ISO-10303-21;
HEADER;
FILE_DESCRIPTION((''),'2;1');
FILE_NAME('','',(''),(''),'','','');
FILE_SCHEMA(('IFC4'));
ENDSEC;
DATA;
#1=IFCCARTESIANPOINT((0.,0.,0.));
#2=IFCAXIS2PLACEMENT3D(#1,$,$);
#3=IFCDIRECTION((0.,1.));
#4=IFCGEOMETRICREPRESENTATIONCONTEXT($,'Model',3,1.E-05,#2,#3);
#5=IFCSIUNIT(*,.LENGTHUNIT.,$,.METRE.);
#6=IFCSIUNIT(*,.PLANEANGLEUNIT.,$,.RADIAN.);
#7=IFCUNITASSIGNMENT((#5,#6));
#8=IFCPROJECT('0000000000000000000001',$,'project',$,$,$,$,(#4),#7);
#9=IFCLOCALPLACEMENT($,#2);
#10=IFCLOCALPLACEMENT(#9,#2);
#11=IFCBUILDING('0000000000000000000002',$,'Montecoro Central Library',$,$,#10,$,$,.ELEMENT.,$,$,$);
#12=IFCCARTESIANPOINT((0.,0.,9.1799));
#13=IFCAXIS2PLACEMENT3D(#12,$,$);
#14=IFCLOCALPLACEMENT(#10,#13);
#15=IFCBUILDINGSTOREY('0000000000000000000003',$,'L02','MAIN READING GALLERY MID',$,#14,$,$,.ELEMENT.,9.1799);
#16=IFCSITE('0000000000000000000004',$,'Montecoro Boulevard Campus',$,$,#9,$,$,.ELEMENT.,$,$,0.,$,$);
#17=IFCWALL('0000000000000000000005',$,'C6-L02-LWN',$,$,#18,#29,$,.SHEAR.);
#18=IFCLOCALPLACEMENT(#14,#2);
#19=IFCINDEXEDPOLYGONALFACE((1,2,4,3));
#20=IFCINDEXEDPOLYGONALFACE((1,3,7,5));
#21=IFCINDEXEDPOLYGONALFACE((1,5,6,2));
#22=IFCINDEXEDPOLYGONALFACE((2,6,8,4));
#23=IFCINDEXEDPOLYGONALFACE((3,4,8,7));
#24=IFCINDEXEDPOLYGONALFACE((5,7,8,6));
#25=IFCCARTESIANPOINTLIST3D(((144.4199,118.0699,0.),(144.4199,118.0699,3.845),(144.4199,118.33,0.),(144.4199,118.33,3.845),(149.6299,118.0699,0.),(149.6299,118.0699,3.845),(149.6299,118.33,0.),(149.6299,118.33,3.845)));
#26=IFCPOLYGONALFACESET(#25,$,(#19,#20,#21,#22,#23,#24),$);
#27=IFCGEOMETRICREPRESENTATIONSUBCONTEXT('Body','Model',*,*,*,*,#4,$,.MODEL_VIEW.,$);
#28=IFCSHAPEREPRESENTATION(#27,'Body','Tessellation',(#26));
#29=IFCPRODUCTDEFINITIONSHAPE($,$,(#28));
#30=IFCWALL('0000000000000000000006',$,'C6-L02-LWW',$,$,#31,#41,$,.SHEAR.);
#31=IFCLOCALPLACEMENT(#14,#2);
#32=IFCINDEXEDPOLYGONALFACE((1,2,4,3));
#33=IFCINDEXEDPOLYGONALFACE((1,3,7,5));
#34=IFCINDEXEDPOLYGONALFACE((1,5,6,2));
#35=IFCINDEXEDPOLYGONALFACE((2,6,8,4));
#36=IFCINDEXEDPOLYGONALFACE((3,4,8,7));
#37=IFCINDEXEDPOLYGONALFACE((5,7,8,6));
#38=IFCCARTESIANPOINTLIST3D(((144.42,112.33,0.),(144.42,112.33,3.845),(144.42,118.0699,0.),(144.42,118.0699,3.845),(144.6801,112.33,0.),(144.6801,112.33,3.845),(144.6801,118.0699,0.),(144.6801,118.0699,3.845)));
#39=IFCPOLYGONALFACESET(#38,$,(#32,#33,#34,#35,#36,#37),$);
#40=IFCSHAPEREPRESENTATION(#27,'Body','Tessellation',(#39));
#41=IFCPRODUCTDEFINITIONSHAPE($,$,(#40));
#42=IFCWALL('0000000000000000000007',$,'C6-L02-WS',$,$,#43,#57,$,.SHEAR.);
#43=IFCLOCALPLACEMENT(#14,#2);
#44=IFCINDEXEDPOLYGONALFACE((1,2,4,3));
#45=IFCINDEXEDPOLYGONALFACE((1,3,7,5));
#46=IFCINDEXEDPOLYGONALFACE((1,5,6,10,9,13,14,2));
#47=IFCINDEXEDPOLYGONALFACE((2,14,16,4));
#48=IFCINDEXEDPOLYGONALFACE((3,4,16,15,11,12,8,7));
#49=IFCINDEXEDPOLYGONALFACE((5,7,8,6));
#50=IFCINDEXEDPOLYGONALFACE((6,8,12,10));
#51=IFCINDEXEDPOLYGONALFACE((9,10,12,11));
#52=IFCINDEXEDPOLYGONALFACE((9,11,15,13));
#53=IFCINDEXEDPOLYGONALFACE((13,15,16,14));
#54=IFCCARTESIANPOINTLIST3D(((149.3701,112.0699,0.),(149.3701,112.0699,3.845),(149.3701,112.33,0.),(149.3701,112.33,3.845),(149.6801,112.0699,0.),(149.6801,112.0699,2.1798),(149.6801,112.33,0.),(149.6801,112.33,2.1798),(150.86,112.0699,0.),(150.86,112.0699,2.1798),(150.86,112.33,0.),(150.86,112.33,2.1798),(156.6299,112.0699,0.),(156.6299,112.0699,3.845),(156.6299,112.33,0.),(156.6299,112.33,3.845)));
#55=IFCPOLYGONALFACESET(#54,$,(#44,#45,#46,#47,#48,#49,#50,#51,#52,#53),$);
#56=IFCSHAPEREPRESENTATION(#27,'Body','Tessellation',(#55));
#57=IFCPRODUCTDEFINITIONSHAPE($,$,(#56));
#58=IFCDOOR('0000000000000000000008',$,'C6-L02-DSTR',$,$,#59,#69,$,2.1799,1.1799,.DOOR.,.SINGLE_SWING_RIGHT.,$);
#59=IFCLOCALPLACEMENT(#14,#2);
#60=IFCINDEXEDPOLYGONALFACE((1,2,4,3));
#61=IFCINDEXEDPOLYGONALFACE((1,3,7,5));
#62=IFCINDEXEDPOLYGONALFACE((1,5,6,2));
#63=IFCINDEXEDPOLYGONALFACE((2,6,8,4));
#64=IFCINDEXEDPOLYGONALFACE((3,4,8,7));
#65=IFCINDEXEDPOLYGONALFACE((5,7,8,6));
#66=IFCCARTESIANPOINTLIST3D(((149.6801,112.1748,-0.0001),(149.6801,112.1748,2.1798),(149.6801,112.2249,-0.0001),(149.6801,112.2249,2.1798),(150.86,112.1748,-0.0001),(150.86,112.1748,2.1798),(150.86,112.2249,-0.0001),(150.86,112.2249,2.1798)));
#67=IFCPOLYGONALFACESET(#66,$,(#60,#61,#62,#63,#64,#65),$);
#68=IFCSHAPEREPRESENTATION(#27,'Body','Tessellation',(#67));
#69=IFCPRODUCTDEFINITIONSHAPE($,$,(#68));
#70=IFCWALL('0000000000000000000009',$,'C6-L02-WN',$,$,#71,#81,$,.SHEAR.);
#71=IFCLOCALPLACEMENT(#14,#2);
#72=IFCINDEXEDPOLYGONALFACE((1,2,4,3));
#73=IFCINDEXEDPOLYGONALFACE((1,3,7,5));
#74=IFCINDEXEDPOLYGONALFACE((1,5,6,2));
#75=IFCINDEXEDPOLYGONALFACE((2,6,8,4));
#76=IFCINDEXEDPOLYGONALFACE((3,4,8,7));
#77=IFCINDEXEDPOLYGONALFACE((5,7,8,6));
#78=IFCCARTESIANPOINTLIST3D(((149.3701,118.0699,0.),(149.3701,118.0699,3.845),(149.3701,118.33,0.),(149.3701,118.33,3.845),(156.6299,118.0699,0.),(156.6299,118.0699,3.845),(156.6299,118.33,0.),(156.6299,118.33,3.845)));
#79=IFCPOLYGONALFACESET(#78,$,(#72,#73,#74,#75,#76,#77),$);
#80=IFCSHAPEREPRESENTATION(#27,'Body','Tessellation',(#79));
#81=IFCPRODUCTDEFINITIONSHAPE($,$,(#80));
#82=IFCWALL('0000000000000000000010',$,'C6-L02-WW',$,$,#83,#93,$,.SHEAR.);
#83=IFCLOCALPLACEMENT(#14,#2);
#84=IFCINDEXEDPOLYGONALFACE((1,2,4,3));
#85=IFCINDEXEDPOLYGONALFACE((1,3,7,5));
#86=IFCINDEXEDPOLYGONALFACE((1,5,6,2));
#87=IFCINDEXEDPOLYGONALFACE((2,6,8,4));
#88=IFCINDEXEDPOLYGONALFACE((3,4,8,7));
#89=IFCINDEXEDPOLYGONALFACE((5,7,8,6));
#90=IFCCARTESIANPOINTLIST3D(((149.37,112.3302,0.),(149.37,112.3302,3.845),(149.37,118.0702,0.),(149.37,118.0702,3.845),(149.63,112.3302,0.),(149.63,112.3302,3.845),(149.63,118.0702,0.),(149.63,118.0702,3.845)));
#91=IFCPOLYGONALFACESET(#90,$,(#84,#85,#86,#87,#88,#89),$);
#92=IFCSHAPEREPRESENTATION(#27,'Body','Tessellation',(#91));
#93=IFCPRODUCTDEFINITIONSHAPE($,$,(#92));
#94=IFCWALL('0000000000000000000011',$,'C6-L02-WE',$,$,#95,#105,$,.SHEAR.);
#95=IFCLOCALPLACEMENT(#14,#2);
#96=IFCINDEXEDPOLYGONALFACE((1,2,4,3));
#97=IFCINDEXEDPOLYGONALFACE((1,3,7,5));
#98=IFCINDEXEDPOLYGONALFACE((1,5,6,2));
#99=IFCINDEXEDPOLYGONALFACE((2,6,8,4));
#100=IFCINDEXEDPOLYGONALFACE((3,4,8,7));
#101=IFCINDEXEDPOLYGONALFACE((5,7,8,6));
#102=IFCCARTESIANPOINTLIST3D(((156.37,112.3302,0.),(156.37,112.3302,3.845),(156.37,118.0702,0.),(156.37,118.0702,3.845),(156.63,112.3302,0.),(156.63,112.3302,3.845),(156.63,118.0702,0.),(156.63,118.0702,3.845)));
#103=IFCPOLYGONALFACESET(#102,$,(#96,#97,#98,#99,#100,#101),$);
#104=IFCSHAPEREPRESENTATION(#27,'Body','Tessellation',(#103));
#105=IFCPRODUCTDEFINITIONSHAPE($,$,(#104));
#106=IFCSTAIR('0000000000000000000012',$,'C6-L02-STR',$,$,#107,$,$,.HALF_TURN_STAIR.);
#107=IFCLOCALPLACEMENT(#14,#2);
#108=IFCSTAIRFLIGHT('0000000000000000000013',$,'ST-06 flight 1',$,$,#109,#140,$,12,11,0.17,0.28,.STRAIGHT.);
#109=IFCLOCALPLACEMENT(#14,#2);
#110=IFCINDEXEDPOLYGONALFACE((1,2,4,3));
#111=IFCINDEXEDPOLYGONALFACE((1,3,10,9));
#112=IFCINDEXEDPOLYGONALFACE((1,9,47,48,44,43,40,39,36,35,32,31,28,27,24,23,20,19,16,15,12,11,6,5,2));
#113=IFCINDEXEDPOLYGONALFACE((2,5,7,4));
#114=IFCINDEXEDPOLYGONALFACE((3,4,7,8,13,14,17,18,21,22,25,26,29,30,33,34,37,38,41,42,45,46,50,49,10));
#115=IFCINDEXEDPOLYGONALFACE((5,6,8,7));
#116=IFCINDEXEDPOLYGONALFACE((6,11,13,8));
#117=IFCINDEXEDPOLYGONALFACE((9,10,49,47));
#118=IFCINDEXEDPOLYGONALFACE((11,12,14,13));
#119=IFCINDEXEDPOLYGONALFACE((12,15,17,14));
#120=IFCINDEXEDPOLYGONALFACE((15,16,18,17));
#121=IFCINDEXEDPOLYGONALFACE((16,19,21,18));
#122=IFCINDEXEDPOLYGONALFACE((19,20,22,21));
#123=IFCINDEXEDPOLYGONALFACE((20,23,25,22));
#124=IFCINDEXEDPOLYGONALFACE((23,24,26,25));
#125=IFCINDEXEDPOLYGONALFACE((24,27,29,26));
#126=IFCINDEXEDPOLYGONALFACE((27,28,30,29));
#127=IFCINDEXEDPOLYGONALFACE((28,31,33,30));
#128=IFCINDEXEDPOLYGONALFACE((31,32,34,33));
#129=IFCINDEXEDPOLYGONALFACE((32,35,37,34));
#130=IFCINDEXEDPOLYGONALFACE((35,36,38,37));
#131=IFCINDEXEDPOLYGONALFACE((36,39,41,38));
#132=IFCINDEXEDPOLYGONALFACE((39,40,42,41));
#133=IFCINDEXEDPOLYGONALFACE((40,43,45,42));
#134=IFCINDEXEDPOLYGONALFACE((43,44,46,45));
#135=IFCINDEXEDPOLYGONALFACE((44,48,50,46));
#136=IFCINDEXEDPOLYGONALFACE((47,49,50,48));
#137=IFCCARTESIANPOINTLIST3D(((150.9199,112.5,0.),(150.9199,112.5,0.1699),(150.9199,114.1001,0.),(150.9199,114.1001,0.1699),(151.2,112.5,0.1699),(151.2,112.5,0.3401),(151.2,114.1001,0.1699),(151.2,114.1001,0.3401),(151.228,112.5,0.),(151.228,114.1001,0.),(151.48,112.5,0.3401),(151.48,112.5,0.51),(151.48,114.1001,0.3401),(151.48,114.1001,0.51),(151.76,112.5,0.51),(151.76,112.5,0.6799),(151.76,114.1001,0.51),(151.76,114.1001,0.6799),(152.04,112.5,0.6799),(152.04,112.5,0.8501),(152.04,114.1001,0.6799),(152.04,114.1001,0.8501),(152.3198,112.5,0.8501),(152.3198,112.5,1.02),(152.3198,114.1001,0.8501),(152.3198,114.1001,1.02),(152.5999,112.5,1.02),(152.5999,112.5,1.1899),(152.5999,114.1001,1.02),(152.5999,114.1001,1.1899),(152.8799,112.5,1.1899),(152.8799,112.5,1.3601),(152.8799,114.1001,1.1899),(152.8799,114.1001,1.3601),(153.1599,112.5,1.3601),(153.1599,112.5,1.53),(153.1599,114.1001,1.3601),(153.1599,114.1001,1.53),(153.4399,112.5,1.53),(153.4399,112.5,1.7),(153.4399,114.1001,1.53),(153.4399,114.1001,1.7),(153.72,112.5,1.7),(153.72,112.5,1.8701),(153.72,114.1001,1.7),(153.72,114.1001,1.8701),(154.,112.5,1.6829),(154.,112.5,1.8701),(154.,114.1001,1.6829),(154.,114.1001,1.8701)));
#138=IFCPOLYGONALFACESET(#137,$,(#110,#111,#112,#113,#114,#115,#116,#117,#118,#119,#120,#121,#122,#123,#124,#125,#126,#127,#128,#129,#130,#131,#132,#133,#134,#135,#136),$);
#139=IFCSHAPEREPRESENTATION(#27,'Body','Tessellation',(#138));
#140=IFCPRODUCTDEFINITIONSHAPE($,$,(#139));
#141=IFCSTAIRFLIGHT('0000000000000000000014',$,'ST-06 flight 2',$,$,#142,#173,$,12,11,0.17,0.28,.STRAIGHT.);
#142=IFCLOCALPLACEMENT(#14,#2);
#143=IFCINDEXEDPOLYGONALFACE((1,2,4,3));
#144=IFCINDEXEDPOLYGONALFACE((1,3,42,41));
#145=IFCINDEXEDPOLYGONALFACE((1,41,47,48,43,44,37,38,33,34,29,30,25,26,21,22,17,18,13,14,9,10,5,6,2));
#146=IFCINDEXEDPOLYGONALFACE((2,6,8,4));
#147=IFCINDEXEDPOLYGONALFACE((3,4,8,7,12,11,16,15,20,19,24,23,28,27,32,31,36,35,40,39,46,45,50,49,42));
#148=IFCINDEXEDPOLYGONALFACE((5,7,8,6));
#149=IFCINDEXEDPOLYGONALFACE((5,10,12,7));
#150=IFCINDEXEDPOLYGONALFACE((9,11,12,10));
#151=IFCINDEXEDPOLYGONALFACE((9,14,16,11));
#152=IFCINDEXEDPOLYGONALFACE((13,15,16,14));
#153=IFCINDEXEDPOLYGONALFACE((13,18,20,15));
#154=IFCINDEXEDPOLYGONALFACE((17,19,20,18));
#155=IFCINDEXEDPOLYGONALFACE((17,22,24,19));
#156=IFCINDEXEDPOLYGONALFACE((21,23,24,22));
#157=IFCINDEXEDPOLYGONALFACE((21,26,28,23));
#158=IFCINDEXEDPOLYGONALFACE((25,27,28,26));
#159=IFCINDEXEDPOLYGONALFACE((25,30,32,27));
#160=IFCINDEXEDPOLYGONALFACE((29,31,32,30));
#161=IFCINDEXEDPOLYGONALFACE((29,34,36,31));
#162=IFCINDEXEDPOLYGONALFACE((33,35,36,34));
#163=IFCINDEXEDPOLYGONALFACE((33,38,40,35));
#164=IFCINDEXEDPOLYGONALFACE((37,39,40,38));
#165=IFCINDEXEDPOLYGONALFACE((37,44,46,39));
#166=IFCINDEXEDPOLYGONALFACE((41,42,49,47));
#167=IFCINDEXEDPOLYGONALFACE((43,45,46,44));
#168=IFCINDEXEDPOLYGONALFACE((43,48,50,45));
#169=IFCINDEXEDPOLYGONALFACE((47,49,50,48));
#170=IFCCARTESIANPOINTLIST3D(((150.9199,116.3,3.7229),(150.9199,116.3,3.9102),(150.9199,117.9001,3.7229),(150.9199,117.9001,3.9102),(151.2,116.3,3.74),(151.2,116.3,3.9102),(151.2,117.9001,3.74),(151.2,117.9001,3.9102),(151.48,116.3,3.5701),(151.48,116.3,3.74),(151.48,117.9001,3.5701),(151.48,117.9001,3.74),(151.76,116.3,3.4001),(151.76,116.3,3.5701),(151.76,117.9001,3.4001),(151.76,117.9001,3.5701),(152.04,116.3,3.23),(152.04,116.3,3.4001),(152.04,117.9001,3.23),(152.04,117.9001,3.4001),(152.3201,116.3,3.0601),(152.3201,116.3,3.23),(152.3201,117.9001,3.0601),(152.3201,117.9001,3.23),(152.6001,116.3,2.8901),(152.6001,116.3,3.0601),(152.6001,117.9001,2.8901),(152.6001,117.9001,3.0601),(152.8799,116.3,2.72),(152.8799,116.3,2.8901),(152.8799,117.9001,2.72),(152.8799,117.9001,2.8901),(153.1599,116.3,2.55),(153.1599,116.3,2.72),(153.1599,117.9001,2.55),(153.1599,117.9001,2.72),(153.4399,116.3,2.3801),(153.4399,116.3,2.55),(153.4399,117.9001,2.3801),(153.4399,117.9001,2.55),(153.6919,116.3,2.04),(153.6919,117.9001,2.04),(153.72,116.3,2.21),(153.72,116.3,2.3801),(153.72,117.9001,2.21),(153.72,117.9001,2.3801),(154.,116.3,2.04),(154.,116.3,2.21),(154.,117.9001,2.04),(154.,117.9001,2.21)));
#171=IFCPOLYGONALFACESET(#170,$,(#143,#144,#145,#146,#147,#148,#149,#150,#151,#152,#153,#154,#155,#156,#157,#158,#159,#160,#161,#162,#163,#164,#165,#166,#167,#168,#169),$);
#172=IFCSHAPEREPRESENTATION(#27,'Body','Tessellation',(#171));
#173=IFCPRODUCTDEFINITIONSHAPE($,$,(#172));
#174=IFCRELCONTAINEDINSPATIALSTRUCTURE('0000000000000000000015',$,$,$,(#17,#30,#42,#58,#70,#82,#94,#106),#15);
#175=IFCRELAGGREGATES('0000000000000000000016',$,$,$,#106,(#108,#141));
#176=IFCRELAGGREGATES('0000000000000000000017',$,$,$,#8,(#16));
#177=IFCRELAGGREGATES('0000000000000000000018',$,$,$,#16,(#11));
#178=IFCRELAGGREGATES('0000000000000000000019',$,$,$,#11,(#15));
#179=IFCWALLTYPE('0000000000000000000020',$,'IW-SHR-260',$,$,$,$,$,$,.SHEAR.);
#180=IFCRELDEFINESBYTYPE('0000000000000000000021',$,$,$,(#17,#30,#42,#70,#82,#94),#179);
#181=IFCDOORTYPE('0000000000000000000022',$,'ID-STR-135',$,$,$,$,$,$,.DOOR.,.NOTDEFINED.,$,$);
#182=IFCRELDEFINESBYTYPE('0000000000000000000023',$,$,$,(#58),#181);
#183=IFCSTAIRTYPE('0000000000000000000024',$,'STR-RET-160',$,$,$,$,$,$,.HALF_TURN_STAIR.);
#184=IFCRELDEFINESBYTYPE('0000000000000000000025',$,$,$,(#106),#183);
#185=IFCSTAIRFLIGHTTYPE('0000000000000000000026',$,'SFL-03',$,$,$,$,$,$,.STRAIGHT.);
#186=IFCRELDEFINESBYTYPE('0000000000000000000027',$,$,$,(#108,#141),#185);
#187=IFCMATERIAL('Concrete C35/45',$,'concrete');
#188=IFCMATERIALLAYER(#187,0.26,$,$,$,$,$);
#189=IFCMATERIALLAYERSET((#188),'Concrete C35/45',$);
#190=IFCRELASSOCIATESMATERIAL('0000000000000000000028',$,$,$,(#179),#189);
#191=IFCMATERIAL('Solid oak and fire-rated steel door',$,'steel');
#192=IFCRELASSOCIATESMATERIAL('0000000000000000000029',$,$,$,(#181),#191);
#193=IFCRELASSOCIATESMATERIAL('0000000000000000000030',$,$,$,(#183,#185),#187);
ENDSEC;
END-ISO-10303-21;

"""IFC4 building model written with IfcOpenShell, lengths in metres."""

from ifc_helpers import new_model, si_unit, direction, frame, frame_2d, origin, place, context, subcontext, project, spatial, polyline, rectangle, outline, extrude, material, layer, layer_set, type_object, element, fill, aggregate, save


model = new_model("IFC4")

# Units and contexts
model_context = context("Model", 3, precision=1e-05, world=origin(), true_north=direction((0.0, 1.0)))
body_context = subcontext(model_context, "Body", "Model", "MODEL_VIEW")
ifc_project = project(units=[si_unit("LENGTHUNIT", "METRE"), si_unit("PLANEANGLEUNIT", "RADIAN")], contexts=[model_context])

# Site, building, storey
site_placement = place(None, origin())
site = spatial("IfcSite", under=ifc_project, at=site_placement, Name="Montecoro Boulevard Campus", CompositionType="ELEMENT", RefElevation=0.0)
building_placement = place(site_placement, origin())
building = spatial("IfcBuilding", under=site, at=building_placement, Name="Montecoro Central Library", CompositionType="ELEMENT")
storey_placement = place(building_placement, frame((0.0, 0.0, 9.1799)))
storey = spatial("IfcBuildingStorey", under=building, at=storey_placement, Name="L02", Description="MAIN READING GALLERY MID", CompositionType="ELEMENT", Elevation=9.1799)

# Shared definitions
ifc_material_1 = material(Name="Concrete C35/45", Category="concrete")

# Shared definitions
ifc_material_2 = material(Name="Solid oak and fire-rated steel door", Category="steel")

# Shared definitions
ifc_layer_1 = layer(ifc_material_1, 0.26)
ifc_layer_set_1 = layer_set([ifc_layer_1], Name="Concrete C35/45")
wall_type_1 = type_object("IfcWallType", Name="IW-SHR-260", PredefinedType="SHEAR", material=ifc_layer_set_1)

# Walls
wall_1_placement = place(storey_placement, frame((149.6299, 118.2, 0.0), z_axis=(0.0, 0.0, 1.0), x_axis=(-1.0, 0.0, 0.0)))
element("IfcWall", 1, at=wall_1_placement, inside=storey, type_object=wall_type_1, Name="C6-L02-LWN", PredefinedType="SHEAR", context=body_context, shape_type="SweptSolid", body=[
    extrude(rectangle(XDim=5.21, YDim=0.26, at=frame_2d((2.605, 0.0))), origin(), (0.0, 0.0, 1.0), 3.845),
])
wall_2_placement = place(storey_placement, frame((144.55, 118.0701, 0.0), z_axis=(0.0, 0.0, 1.0), x_axis=(0.0, -1.0, 0.0)))
element("IfcWall", 2, at=wall_2_placement, inside=storey, type_object=wall_type_1, Name="C6-L02-LWW", PredefinedType="SHEAR", context=body_context, shape_type="SweptSolid", body=[
    extrude(rectangle(XDim=5.74, YDim=0.26, at=frame_2d((2.8701, 0.0))), origin(), (0.0, 0.0, 1.0), 3.845),
])

# Wall, opening, door
wall_3_placement = place(storey_placement, frame((149.3701, 112.2, 0.0), z_axis=(0.0, 0.0, 1.0), x_axis=(1.0, 0.0, 0.0)))
wall_3 = element("IfcWall", 3, at=wall_3_placement, inside=storey, type_object=wall_type_1, Name="C6-L02-WS", PredefinedType="SHEAR", context=body_context, shape_type="SweptSolid", body=[
    extrude(rectangle(XDim=7.2598, YDim=0.26, at=frame_2d((3.6299, 0.0))), origin(), (0.0, 0.0, 1.0), 3.845),
])
opening_1_placement = place(wall_3_placement, frame((0.3101, 0.0, 0.0)))
opening_1 = element("IfcOpeningElement", 4, at=opening_1_placement, cuts=wall_3, PredefinedType="OPENING", context=body_context, shape_type="SweptSolid", body=[
    extrude(rectangle(XDim=1.1799, YDim=2.1799, at=frame_2d((0.5898, 1.0898))), frame((0.0, 0.1399, 0.0), z_axis=(0.0, -1.0, 0.0), x_axis=(1.0, 0.0, 0.0)), (0.0, 0.0, 1.0), 0.28),
])
door_type_1 = type_object("IfcDoorType", Name="ID-STR-135", OperationType="NOTDEFINED", PredefinedType="DOOR", material=ifc_material_2)
door_1_placement = place(opening_1_placement, origin())
door_1 = element("IfcDoor", 5, at=door_1_placement, inside=storey, type_object=door_type_1, Name="C6-L02-DSTR", OperationType="SINGLE_SWING_RIGHT", OverallHeight=2.1799, OverallWidth=1.1799, PredefinedType="DOOR", context=body_context, shape_type="SweptSolid", body=[
    extrude(rectangle(XDim=1.1799, YDim=2.1799, at=frame_2d((0.5898, 1.0898))), frame((0.0, 0.0249, 0.0), z_axis=(0.0, -1.0, 0.0), x_axis=(1.0, 0.0, 0.0)), (0.0, 0.0, 1.0), 0.05),
])
fill(opening_1, door_1)

# Walls
wall_4_placement = place(storey_placement, frame((149.3701, 118.2, 0.0), z_axis=(0.0, 0.0, 1.0), x_axis=(1.0, 0.0, 0.0)))
element("IfcWall", 6, at=wall_4_placement, inside=storey, type_object=wall_type_1, Name="C6-L02-WN", PredefinedType="SHEAR", context=body_context, shape_type="SweptSolid", body=[
    extrude(rectangle(XDim=7.2598, YDim=0.26, at=frame_2d((3.6299, 0.0))), origin(), (0.0, 0.0, 1.0), 3.845),
])
for number, where, z_axis, x_axis, name in (
    (7, (149.5, 112.3301, 0.0), (0.0, 0.0, 1.0), (0.0, 1.0, 0.0), "C6-L02-WW"),
    (8, (156.5, 112.3301, 0.0), (0.0, 0.0, 1.0), (0.0, 1.0, 0.0), "C6-L02-WE"),
):
    element("IfcWall", number, at=place(storey_placement, frame(where, z_axis=z_axis, x_axis=x_axis)), inside=storey, type_object=wall_type_1, Name=name, PredefinedType="SHEAR", context=body_context, shape_type="SweptSolid", body=[
        extrude(rectangle(XDim=5.74, YDim=0.26, at=frame_2d((2.8701, 0.0))), origin(), (0.0, 0.0, 1.0), 3.845),
    ])

# Stair, stair flights
stair_type = type_object("IfcStairType", Name="STR-RET-160", PredefinedType="HALF_TURN_STAIR", material=ifc_material_1)
stair_placement = place(storey_placement, origin())
stair = element("IfcStair", 9, at=stair_placement, inside=storey, type_object=stair_type, Name="C6-L02-STR", PredefinedType="HALF_TURN_STAIR")
stair_flight_type = type_object("IfcStairFlightType", Name="SFL-03", PredefinedType="STRAIGHT", material=ifc_material_1)
stair_flight_1_placement = place(storey_placement, frame((150.9199, 113.3, 0.0), z_axis=(0.0, 0.0, 1.0), x_axis=(1.0, 0.0, 0.0)))
stair_flight_1 = element("IfcStairFlight", 10, at=stair_flight_1_placement, type_object=stair_flight_type, Name="ST-06 flight 1", NumberOfRisers=12, NumberOfTreads=11, PredefinedType="STRAIGHT", RiserHeight=0.17, TreadLength=0.28, context=body_context, shape_type="SweptSolid", body=[
    extrude(outline(polyline([(0.0, 0.0), (0.0, 0.1699), (0.28, 0.1699), (0.28, 0.3401), (0.5601, 0.3401), (0.5601, 0.51), (0.8401, 0.51), (0.8401, 0.6799), (1.1201, 0.6799), (1.1201, 0.8501), (1.3999, 0.8501), (1.3999, 1.02), (1.6799, 1.02), (1.6799, 1.1899), (1.96, 1.1899), (1.96, 1.3601), (2.24, 1.3601), (2.24, 1.53), (2.52, 1.53), (2.52, 1.7), (2.8, 1.7), (2.8, 1.8701), (3.0801, 1.8701), (3.0801, 2.04), (3.0801, 1.6829), (0.3081, 0.0), (0.0, 0.0)])), frame((0.0, 0.8, 0.0), z_axis=(0.0, -1.0, 0.0), x_axis=(1.0, 0.0, 0.0)), (0.0, 0.0, 1.0), 1.6001),
])
stair_flight_2_placement = place(storey_placement, frame((154.0, 117.1001, 2.04), z_axis=(0.0, 0.0, 1.0), x_axis=(-1.0, 0.0, 0.0)))
stair_flight_2 = element("IfcStairFlight", 11, at=stair_flight_2_placement, type_object=stair_flight_type, Name="ST-06 flight 2", NumberOfRisers=12, NumberOfTreads=11, PredefinedType="STRAIGHT", RiserHeight=0.17, TreadLength=0.28, context=body_context, shape_type="SweptSolid", body=[
    extrude(outline(polyline([(0.0, 0.0), (0.0, 0.1699), (0.28, 0.1699), (0.28, 0.3401), (0.5601, 0.3401), (0.5601, 0.51), (0.8401, 0.51), (0.8401, 0.6799), (1.1201, 0.6799), (1.1201, 0.8501), (1.3999, 0.8501), (1.3999, 1.02), (1.6799, 1.02), (1.6799, 1.1899), (1.96, 1.1899), (1.96, 1.3601), (2.24, 1.3601), (2.24, 1.53), (2.52, 1.53), (2.52, 1.7), (2.8, 1.7), (2.8, 1.8701), (3.0801, 1.8701), (3.0801, 2.04), (3.0801, 1.6829), (0.3081, 0.0), (0.0, 0.0)])), frame((0.0, 0.8, 0.0), z_axis=(0.0, -1.0, 0.0), x_axis=(1.0, 0.0, 0.0)), (0.0, 0.0, 1.0), 1.6001),
])
aggregate(stair, [stair_flight_1, stair_flight_2])

save(model, "model.ifc")
